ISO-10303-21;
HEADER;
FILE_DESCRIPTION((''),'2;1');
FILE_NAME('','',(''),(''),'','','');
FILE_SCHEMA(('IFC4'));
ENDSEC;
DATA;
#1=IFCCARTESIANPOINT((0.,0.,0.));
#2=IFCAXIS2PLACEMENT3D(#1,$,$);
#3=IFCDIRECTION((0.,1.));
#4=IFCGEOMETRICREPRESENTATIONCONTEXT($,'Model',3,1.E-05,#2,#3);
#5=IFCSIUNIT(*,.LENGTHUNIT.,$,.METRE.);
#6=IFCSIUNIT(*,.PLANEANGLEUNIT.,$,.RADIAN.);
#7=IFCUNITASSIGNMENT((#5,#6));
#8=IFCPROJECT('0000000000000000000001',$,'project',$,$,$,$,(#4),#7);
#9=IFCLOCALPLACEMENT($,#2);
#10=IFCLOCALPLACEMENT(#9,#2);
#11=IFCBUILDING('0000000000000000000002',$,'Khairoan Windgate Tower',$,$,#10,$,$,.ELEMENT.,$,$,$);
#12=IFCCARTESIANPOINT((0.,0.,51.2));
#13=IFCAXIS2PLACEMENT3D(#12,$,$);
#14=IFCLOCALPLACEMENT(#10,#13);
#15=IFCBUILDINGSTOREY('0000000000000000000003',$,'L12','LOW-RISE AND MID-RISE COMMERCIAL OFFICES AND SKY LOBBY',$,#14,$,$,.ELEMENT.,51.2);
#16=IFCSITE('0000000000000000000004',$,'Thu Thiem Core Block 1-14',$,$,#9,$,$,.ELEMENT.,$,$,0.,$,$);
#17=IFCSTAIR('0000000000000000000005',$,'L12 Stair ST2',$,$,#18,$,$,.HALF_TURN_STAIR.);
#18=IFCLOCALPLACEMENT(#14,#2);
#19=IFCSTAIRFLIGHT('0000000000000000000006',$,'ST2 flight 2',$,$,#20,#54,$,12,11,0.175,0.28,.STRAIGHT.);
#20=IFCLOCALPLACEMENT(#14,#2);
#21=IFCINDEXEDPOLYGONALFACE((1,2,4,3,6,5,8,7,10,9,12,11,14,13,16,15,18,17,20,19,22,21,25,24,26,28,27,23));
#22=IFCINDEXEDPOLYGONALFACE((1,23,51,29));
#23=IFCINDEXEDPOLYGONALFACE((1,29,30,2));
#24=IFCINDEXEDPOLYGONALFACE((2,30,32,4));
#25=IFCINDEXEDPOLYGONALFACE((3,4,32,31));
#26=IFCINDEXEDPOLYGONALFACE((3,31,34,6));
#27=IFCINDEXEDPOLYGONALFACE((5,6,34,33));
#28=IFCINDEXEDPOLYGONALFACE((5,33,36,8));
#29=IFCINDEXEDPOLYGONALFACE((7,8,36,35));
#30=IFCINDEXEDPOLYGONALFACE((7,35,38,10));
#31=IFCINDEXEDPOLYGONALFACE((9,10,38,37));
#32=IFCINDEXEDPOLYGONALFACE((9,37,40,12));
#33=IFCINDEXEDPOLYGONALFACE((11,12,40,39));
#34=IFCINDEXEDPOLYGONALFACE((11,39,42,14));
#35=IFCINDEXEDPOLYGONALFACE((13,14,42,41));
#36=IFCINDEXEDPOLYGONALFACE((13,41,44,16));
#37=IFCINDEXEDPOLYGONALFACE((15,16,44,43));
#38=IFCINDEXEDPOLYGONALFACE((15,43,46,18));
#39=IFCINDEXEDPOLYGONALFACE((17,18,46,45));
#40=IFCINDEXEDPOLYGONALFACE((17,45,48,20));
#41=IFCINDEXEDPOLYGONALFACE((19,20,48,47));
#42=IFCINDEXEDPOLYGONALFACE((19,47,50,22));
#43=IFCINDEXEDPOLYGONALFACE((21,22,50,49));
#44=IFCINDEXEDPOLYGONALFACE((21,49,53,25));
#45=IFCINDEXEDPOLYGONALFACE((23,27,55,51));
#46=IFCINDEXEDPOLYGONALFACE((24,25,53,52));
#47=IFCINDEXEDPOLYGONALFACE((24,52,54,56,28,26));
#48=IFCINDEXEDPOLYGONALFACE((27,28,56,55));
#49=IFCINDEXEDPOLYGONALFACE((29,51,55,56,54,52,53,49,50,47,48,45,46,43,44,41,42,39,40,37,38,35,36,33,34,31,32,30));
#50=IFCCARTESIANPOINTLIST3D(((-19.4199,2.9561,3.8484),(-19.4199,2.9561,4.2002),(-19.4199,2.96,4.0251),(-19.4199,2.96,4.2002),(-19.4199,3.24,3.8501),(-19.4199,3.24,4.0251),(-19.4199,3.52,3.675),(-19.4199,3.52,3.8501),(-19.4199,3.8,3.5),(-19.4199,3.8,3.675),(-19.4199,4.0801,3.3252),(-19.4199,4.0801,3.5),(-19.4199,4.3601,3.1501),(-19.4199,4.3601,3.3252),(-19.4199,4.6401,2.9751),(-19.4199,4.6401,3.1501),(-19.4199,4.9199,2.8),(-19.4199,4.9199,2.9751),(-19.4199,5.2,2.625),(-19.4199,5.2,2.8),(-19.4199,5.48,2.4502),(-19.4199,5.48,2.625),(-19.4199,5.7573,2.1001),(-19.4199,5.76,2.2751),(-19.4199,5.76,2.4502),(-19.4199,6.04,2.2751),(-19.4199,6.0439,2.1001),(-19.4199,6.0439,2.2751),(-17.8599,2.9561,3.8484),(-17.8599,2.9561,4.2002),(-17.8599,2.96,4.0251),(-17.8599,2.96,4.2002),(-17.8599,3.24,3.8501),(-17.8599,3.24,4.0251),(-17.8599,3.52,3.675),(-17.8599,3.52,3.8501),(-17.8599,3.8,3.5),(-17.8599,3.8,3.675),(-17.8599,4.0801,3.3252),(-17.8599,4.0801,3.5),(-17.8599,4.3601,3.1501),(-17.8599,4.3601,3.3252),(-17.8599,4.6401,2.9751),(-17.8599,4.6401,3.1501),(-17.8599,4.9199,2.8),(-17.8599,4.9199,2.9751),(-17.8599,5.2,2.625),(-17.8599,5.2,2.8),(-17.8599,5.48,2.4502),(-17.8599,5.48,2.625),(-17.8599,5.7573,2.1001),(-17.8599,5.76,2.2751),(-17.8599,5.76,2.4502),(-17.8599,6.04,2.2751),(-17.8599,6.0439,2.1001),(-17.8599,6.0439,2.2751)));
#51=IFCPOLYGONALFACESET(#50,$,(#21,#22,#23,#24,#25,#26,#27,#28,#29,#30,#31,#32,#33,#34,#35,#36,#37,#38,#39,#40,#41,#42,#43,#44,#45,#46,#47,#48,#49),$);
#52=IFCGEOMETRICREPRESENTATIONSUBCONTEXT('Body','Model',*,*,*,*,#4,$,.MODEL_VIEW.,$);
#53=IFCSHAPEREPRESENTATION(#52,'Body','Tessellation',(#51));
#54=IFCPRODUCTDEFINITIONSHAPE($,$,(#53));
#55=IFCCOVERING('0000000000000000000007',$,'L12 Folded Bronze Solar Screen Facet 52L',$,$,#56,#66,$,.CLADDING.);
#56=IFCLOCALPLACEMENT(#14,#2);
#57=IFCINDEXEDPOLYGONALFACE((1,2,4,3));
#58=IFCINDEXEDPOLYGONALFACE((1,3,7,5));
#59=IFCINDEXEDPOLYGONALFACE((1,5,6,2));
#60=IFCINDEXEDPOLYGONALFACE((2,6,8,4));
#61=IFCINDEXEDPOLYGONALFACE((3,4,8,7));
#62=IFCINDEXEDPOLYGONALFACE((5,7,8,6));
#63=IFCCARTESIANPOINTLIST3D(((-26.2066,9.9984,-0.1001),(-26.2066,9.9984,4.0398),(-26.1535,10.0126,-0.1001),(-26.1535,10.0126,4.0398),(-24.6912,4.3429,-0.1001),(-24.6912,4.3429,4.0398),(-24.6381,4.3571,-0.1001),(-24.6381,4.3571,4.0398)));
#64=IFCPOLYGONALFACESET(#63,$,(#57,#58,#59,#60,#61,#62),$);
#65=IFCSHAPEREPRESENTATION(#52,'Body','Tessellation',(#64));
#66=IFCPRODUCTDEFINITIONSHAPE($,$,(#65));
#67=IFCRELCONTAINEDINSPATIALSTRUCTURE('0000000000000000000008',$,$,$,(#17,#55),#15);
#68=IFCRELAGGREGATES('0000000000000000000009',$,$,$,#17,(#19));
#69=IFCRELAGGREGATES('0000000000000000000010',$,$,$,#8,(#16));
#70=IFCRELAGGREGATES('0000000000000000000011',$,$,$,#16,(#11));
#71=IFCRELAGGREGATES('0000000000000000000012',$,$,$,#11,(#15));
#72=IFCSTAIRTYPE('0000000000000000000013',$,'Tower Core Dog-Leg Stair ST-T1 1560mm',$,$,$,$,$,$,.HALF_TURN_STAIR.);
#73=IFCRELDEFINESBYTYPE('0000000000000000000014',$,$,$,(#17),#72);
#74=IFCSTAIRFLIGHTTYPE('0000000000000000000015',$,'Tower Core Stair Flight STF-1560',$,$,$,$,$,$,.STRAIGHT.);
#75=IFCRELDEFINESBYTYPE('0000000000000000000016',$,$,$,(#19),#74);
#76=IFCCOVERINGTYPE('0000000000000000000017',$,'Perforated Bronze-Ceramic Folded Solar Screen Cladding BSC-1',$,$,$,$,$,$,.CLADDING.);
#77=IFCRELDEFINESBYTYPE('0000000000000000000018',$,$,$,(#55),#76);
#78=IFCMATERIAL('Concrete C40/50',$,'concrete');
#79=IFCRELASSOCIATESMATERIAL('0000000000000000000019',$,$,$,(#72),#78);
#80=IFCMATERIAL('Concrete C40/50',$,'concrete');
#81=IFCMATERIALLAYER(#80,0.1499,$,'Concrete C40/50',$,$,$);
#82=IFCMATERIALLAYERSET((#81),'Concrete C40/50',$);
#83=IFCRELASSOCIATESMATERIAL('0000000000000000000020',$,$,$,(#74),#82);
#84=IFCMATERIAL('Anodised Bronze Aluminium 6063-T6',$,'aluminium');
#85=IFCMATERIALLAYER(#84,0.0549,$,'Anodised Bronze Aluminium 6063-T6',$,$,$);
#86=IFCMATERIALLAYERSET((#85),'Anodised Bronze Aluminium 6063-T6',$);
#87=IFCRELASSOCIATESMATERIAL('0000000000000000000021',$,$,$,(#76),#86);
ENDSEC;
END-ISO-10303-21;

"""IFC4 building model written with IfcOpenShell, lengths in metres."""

from ifc_helpers import new_model, si_unit, direction, frame, origin, origin_2d, place, context, subcontext, project, spatial, polyline, rectangle, outline, extrude, material, layer, layer_set, type_object, element, aggregate, save


model = new_model("IFC4")

# Units and contexts
model_context = context("Model", 3, precision=1e-05, world=origin(), true_north=direction((0.0, 1.0)))
body_context = subcontext(model_context, "Body", "Model", "MODEL_VIEW")
ifc_project = project(units=[si_unit("LENGTHUNIT", "METRE"), si_unit("PLANEANGLEUNIT", "RADIAN")], contexts=[model_context])

# Site, building, storey
site_placement = place(None, origin())
site = spatial("IfcSite", under=ifc_project, at=site_placement, Name="Thu Thiem Core Block 1-14", CompositionType="ELEMENT", RefElevation=0.0)
building_placement = place(site_placement, origin())
building = spatial("IfcBuilding", under=site, at=building_placement, Name="Khairoan Windgate Tower", CompositionType="ELEMENT")
storey_placement = place(building_placement, frame((0.0, 0.0, 51.2)))
storey = spatial("IfcBuildingStorey", under=building, at=storey_placement, Name="L12", Description="LOW-RISE AND MID-RISE COMMERCIAL OFFICES AND SKY LOBBY", CompositionType="ELEMENT", Elevation=51.2)

# Stair, stair flight
ifc_material_1 = material(Name="Concrete C40/50", Category="concrete")
stair_type = type_object("IfcStairType", Name="Tower Core Dog-Leg Stair ST-T1 1560mm", PredefinedType="HALF_TURN_STAIR", material=ifc_material_1)
stair_placement = place(storey_placement, origin())
stair = element("IfcStair", 1, at=stair_placement, inside=storey, type_object=stair_type, Name="L12 Stair ST2", PredefinedType="HALF_TURN_STAIR")
ifc_material_2 = material(Name="Concrete C40/50", Category="concrete")
ifc_layer_1 = layer(ifc_material_2, 0.1499, Name="Concrete C40/50")
ifc_layer_set_1 = layer_set([ifc_layer_1], Name="Concrete C40/50")
stair_flight_type = type_object("IfcStairFlightType", Name="Tower Core Stair Flight STF-1560", PredefinedType="STRAIGHT", material=ifc_layer_set_1)
stair_flight_1_placement = place(storey_placement, frame((-18.6399, 6.04, 2.1001), z_axis=(0.0, 0.0, 1.0), x_axis=(0.0, -1.0, 0.0)))
stair_flight_1 = element("IfcStairFlight", 2, at=stair_flight_1_placement, type_object=stair_flight_type, Name="ST2 flight 2", NumberOfRisers=12, NumberOfTreads=11, PredefinedType="STRAIGHT", RiserHeight=0.175, TreadLength=0.28, context=body_context, shape_type="SweptSolid", body=[
    extrude(outline(polyline([(-0.0039, 0.0), (-0.0039, 0.175), (0.0, 0.175), (0.28, 0.175), (0.28, 0.3501), (0.5601, 0.3501), (0.5601, 0.5249), (0.8401, 0.5249), (0.8401, 0.7), (1.1201, 0.7), (1.1201, 0.875), (1.3999, 0.875), (1.3999, 1.05), (1.6799, 1.05), (1.6799, 1.2251), (1.96, 1.2251), (1.96, 1.3999), (2.24, 1.3999), (2.24, 1.575), (2.52, 1.575), (2.52, 1.75), (2.8, 1.75), (2.8, 1.925), (3.0801, 1.925), (3.0801, 2.1001), (3.084, 2.1001), (3.084, 1.7483), (0.2827, 0.0), (-0.0039, 0.0)])), frame((0.0, 0.78, 0.0), z_axis=(0.0, -1.0, 0.0), x_axis=(1.0, 0.0, 0.0)), (0.0, 0.0, 1.0), 1.5601),
])
aggregate(stair, [stair_flight_1])

# Covering
ifc_material_3 = material(Name="Anodised Bronze Aluminium 6063-T6", Category="aluminium")
ifc_layer_2 = layer(ifc_material_3, 0.0549, Name="Anodised Bronze Aluminium 6063-T6")
ifc_layer_set_2 = layer_set([ifc_layer_2], Name="Anodised Bronze Aluminium 6063-T6")
covering_type = type_object("IfcCoveringType", Name="Perforated Bronze-Ceramic Folded Solar Screen Cladding BSC-1", PredefinedType="CLADDING", material=ifc_layer_set_2)
covering_placement = place(storey_placement, frame((-25.4224, 7.1777, -0.1001), z_axis=(0.0, 0.0, 1.0), x_axis=(-0.258819, 0.965926, 0.0)))
element("IfcCovering", 3, at=covering_placement, inside=storey, type_object=covering_type, Name="L12 Folded Bronze Solar Screen Facet 52L", PredefinedType="CLADDING", context=body_context, shape_type="SweptSolid", body=[
    extrude(rectangle(XDim=5.855, YDim=0.0549, at=origin_2d()), origin(), (0.0, 0.0, 1.0), 4.1399),
])

save(model, "model.ifc")
